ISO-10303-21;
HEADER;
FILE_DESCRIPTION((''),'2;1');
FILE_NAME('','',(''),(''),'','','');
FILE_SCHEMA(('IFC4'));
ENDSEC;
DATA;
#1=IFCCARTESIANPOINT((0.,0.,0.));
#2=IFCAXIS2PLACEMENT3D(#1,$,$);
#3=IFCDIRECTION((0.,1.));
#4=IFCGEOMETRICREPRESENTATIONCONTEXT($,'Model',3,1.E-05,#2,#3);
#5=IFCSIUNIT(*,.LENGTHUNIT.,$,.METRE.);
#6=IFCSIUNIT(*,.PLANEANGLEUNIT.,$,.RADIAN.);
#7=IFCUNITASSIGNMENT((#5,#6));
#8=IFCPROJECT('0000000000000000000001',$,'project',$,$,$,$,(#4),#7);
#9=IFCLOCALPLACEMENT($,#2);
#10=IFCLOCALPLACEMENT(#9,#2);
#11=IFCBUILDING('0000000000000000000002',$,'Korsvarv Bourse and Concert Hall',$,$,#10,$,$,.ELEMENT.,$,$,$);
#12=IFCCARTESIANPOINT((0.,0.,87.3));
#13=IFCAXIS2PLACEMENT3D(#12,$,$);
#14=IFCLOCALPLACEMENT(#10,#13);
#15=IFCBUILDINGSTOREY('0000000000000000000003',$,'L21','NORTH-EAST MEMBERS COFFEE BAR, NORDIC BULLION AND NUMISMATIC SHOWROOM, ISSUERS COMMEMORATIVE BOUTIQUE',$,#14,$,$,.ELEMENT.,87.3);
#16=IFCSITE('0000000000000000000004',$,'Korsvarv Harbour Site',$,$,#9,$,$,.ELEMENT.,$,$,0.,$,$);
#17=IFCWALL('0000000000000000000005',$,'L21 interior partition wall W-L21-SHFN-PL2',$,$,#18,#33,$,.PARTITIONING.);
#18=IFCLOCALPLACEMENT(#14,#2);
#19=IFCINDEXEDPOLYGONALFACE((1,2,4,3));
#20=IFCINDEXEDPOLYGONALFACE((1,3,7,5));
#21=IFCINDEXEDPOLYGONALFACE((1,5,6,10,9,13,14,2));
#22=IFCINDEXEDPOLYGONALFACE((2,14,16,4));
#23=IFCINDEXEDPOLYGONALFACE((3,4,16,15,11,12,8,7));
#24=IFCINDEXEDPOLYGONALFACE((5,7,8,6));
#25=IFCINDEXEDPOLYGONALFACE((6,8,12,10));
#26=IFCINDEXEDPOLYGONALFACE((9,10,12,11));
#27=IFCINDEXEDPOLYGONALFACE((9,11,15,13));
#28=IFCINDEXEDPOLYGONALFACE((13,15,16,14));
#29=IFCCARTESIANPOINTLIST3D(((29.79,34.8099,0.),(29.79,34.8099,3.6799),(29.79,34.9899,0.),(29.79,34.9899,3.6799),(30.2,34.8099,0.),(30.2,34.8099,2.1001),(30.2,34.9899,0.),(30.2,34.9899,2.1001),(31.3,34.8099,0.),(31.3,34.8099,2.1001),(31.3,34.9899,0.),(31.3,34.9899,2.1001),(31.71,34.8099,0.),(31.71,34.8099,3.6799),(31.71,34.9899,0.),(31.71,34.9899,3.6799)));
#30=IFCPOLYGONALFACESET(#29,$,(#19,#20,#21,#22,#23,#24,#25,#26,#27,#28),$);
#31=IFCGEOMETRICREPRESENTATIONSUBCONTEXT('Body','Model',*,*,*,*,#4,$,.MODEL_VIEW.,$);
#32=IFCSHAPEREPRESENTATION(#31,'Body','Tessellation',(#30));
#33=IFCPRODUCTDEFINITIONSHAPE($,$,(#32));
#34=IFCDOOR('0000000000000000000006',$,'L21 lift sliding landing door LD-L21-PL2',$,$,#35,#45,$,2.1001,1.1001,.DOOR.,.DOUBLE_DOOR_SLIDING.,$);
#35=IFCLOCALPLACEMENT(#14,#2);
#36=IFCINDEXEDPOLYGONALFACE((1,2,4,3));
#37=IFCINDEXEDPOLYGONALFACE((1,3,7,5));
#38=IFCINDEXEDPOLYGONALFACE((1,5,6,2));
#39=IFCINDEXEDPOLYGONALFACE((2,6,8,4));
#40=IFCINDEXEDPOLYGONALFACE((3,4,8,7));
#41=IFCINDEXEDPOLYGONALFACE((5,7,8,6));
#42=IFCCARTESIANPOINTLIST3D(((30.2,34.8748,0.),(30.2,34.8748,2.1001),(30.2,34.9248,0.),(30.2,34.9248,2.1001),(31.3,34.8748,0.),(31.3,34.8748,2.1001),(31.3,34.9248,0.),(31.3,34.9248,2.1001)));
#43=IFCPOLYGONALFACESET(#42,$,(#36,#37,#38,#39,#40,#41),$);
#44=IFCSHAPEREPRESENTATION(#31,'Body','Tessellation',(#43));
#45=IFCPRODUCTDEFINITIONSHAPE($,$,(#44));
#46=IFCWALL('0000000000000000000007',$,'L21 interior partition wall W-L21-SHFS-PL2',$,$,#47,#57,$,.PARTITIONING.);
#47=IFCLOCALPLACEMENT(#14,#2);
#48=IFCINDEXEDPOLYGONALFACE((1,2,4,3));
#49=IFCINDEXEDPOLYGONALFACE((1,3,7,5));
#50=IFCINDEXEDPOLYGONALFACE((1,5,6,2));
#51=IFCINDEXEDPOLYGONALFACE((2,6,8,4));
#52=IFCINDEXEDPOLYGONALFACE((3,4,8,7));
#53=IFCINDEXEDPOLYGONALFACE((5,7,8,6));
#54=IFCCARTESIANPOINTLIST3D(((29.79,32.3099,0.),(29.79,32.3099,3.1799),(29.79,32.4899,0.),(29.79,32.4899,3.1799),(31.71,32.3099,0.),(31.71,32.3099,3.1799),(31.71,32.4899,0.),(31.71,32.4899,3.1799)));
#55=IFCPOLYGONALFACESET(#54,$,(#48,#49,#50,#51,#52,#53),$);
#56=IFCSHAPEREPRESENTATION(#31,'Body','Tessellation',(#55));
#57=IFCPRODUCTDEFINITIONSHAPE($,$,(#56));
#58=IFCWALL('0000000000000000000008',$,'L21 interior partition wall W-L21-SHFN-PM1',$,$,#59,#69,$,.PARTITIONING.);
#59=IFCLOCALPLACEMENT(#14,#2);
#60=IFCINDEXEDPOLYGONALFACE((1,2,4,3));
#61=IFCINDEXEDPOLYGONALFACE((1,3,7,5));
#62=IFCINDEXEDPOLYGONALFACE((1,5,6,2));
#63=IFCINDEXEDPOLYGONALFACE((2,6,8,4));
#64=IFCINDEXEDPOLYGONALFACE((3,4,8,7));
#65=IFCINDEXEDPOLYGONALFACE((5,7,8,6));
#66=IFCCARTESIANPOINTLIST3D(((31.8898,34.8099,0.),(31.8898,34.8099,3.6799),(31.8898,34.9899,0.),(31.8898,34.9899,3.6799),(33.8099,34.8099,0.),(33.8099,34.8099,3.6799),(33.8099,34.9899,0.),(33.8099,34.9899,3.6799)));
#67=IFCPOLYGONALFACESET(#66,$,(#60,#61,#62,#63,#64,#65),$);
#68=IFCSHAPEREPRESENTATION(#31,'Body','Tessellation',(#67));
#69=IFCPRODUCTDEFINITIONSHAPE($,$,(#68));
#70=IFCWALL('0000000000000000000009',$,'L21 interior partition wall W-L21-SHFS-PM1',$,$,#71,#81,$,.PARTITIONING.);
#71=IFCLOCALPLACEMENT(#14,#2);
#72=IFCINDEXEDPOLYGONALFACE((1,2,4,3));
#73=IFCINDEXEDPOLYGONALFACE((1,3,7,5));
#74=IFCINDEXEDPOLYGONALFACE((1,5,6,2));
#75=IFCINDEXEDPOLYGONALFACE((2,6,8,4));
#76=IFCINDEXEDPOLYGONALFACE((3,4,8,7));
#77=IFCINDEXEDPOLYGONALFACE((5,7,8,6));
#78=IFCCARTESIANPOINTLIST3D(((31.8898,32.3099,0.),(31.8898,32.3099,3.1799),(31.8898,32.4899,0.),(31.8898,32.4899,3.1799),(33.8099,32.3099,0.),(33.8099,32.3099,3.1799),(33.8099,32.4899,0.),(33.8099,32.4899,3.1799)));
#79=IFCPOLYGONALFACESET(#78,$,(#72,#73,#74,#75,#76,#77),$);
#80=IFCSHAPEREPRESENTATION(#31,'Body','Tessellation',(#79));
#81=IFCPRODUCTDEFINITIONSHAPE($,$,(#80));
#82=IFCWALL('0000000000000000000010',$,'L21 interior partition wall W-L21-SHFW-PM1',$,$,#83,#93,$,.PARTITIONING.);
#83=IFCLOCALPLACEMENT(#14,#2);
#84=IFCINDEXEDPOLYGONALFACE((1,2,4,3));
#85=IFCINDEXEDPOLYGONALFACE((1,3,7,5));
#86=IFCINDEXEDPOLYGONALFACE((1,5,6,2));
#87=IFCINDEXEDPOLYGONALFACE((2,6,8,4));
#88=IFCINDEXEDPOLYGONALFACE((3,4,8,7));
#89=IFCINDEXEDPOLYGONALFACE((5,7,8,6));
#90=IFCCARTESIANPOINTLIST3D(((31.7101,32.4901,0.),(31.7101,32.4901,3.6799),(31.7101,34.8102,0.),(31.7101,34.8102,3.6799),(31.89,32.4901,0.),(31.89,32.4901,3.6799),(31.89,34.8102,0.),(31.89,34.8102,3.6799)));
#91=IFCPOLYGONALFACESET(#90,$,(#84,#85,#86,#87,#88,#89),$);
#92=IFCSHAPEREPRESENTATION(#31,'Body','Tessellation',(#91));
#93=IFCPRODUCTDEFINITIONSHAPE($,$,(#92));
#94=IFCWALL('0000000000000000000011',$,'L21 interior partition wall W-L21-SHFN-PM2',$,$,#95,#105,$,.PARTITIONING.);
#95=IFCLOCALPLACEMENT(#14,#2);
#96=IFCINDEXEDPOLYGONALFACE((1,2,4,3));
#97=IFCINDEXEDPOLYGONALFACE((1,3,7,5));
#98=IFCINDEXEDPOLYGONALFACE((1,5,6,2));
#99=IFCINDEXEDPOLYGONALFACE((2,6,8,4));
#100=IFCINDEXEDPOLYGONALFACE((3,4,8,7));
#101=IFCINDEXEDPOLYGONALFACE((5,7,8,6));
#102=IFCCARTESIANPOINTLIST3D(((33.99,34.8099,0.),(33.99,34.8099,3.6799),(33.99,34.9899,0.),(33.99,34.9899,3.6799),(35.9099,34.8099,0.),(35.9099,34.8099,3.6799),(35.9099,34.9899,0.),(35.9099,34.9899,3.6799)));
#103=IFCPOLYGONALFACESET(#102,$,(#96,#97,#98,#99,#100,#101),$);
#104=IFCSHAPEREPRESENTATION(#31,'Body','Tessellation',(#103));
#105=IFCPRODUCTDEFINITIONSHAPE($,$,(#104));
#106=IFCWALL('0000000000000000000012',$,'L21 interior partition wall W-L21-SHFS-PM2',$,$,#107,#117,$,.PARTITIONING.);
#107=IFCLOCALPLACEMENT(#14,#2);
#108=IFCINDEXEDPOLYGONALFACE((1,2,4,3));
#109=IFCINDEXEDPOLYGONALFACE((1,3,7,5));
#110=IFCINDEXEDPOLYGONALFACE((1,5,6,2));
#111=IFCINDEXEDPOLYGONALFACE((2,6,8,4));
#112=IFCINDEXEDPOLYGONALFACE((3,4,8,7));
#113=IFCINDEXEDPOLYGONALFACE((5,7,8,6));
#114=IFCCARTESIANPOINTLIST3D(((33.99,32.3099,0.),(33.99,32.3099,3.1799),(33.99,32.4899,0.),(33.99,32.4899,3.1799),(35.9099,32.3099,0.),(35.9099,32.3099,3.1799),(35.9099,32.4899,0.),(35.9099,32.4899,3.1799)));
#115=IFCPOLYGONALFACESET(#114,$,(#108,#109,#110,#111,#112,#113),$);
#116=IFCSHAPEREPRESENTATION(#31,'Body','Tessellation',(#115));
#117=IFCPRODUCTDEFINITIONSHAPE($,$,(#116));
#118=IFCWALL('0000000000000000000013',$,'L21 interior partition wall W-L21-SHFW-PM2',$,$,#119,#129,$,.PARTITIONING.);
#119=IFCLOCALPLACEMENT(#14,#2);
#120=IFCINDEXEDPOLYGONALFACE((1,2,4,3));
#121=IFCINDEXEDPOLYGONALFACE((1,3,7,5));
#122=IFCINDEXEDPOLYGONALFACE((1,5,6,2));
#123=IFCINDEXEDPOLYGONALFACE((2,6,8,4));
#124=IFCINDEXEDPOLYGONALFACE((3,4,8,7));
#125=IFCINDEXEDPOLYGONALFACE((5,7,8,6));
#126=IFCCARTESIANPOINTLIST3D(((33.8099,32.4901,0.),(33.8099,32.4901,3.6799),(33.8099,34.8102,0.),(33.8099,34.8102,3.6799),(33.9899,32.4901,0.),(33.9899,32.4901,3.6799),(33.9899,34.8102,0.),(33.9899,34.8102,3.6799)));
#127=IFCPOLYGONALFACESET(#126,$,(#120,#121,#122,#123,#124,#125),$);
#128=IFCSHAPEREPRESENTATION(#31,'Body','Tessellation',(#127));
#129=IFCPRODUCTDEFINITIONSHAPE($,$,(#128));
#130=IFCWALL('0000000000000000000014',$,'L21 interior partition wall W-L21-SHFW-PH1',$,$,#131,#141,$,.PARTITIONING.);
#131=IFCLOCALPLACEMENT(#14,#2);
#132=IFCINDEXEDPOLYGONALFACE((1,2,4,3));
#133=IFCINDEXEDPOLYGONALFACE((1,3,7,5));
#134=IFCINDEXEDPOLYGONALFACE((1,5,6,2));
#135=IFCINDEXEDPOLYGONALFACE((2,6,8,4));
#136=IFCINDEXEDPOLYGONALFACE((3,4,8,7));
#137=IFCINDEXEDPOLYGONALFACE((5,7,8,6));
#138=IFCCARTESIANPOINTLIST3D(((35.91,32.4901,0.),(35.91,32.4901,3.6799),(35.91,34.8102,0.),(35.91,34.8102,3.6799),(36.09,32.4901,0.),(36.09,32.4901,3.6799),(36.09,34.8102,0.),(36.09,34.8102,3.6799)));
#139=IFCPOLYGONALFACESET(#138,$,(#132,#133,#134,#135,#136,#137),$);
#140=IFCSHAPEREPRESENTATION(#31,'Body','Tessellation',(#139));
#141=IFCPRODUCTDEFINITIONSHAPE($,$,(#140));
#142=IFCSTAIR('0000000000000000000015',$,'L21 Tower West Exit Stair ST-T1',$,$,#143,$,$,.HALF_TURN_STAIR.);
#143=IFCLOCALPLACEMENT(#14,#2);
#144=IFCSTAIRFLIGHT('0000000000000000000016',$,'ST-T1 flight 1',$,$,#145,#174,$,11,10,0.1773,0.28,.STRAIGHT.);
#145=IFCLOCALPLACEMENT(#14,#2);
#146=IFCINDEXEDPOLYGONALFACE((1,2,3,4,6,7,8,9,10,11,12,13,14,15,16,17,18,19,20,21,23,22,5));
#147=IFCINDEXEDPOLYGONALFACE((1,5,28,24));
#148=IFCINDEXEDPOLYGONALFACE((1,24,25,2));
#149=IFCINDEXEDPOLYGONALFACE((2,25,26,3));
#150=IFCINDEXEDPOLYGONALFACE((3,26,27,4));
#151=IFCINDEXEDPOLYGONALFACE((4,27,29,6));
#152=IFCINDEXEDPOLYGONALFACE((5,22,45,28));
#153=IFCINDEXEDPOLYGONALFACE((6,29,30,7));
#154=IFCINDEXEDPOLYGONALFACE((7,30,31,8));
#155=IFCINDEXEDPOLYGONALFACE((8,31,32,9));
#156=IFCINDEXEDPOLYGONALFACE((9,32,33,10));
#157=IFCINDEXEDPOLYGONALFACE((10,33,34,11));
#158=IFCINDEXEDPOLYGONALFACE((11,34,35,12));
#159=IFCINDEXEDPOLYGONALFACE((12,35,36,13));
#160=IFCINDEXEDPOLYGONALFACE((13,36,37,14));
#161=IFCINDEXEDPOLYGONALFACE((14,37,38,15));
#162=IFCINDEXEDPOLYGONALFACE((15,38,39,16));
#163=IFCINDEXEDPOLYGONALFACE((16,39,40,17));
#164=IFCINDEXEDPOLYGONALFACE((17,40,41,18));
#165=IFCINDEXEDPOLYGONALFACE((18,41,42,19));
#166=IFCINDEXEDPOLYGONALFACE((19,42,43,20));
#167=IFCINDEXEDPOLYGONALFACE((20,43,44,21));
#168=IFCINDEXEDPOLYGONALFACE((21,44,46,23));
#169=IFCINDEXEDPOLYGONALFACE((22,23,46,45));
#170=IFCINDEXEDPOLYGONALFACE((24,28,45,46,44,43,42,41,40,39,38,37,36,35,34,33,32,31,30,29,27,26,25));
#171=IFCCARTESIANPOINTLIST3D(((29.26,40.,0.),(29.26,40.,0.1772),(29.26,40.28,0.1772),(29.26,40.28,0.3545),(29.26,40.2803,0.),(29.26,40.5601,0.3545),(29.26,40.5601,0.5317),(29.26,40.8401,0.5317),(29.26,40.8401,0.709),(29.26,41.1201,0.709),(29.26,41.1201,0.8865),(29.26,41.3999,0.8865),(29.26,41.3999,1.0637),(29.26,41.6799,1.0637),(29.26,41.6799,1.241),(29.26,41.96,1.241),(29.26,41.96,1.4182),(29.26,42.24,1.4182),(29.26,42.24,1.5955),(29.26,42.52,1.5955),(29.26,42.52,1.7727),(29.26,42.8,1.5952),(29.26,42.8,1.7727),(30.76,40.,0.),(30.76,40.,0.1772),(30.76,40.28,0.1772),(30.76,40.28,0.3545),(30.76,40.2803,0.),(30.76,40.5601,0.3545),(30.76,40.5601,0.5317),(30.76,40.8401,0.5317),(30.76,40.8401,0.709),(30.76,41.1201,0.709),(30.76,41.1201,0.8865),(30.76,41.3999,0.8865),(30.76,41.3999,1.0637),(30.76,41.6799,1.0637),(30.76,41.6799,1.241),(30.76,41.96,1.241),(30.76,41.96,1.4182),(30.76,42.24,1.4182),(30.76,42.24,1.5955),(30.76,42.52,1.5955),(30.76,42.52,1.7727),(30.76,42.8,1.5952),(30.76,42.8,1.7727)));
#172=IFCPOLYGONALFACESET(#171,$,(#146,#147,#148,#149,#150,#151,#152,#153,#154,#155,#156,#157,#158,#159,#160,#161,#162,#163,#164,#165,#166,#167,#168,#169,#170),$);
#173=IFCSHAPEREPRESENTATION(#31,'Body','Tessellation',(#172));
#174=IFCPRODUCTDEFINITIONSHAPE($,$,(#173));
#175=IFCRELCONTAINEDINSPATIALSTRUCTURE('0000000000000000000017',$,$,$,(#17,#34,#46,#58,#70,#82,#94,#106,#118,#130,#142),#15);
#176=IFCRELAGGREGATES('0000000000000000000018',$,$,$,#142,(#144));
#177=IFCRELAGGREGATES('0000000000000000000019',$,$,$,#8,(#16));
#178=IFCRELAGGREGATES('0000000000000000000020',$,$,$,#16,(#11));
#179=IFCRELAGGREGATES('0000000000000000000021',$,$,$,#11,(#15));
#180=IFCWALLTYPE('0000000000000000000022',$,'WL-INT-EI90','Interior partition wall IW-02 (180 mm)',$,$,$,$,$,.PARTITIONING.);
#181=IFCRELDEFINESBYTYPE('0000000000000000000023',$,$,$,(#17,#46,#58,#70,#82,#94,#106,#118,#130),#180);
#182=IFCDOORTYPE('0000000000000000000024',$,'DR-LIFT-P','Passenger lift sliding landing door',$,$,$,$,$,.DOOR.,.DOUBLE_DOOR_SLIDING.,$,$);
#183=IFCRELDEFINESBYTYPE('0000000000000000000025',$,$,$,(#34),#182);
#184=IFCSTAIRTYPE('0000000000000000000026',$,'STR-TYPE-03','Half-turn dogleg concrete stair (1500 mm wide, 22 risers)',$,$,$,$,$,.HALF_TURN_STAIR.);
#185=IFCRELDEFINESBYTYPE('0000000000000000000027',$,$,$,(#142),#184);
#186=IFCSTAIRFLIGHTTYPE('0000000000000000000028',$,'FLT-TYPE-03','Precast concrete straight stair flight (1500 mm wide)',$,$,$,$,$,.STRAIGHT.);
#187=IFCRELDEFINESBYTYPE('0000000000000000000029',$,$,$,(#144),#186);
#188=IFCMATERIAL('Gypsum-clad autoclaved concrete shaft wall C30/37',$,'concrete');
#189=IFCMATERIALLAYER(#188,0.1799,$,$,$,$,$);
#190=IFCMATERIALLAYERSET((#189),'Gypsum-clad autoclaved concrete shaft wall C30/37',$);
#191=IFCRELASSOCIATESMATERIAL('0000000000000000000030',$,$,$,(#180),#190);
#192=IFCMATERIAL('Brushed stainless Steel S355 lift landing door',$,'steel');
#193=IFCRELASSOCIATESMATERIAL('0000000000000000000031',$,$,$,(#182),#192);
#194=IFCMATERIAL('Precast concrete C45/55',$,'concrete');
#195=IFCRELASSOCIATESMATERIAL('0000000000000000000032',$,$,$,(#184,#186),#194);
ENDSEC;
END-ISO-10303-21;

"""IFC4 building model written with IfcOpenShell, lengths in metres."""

from ifc_helpers import new_model, si_unit, direction, frame, frame_2d, origin, place, context, subcontext, project, spatial, polyline, rectangle, outline, extrude, material, layer, layer_set, type_object, element, fill, aggregate, save


model = new_model("IFC4")

# Units and contexts
model_context = context("Model", 3, precision=1e-05, world=origin(), true_north=direction((0.0, 1.0)))
body_context = subcontext(model_context, "Body", "Model", "MODEL_VIEW")
ifc_project = project(units=[si_unit("LENGTHUNIT", "METRE"), si_unit("PLANEANGLEUNIT", "RADIAN")], contexts=[model_context])

# Site, building, storey
site_placement = place(None, origin())
site = spatial("IfcSite", under=ifc_project, at=site_placement, Name="Korsvarv Harbour Site", CompositionType="ELEMENT", RefElevation=0.0)
building_placement = place(site_placement, origin())
building = spatial("IfcBuilding", under=site, at=building_placement, Name="Korsvarv Bourse and Concert Hall", CompositionType="ELEMENT")
storey_placement = place(building_placement, frame((0.0, 0.0, 87.3)))
storey = spatial("IfcBuildingStorey", under=building, at=storey_placement, Name="L21", Description="NORTH-EAST MEMBERS COFFEE BAR, NORDIC BULLION AND NUMISMATIC SHOWROOM, ISSUERS COMMEMORATIVE BOUTIQUE", CompositionType="ELEMENT", Elevation=87.3)

# Wall, opening, door
ifc_material_1 = material(Name="Gypsum-clad autoclaved concrete shaft wall C30/37", Category="concrete")
ifc_layer_1 = layer(ifc_material_1, 0.1799)
ifc_layer_set_1 = layer_set([ifc_layer_1], Name="Gypsum-clad autoclaved concrete shaft wall C30/37")
wall_type_1 = type_object("IfcWallType", Name="WL-INT-EI90", Description="Interior partition wall IW-02 (180 mm)", PredefinedType="PARTITIONING", material=ifc_layer_set_1)
wall_1_placement = place(storey_placement, frame((29.79, 34.8999, 0.0), z_axis=(0.0, 0.0, 1.0), x_axis=(1.0, 0.0, 0.0)))
wall_1 = element("IfcWall", 1, at=wall_1_placement, inside=storey, type_object=wall_type_1, Name="L21 interior partition wall W-L21-SHFN-PL2", PredefinedType="PARTITIONING", context=body_context, shape_type="SweptSolid", body=[
    extrude(rectangle(XDim=1.9199, YDim=0.1799, at=frame_2d((0.96, 0.0))), origin(), (0.0, 0.0, 1.0), 3.6799),
])
opening_1_placement = place(wall_1_placement, frame((0.4099, 0.0, 0.0)))
opening_1 = element("IfcOpeningElement", 2, at=opening_1_placement, cuts=wall_1, PredefinedType="OPENING", context=body_context, shape_type="SweptSolid", body=[
    extrude(rectangle(XDim=1.1001, YDim=2.1001, at=frame_2d((0.55, 1.05))), frame((0.0, 0.1001, 0.0), z_axis=(0.0, -1.0, 0.0), x_axis=(1.0, 0.0, 0.0)), (0.0, 0.0, 1.0), 0.2),
])
ifc_material_2 = material(Name="Brushed stainless Steel S355 lift landing door", Category="steel")
door_type_1 = type_object("IfcDoorType", Name="DR-LIFT-P", Description="Passenger lift sliding landing door", OperationType="DOUBLE_DOOR_SLIDING", PredefinedType="DOOR", material=ifc_material_2)
door_1_placement = place(opening_1_placement, origin())
door_1 = element("IfcDoor", 3, at=door_1_placement, inside=storey, type_object=door_type_1, Name="L21 lift sliding landing door LD-L21-PL2", OperationType="DOUBLE_DOOR_SLIDING", OverallHeight=2.1001, OverallWidth=1.1001, PredefinedType="DOOR", context=body_context, shape_type="SweptSolid", body=[
    extrude(rectangle(XDim=1.1001, YDim=2.1001, at=frame_2d((0.55, 1.05))), frame((0.0, 0.0249, 0.0), z_axis=(0.0, -1.0, 0.0), x_axis=(1.0, 0.0, 0.0)), (0.0, 0.0, 1.0), 0.05),
])
fill(opening_1, door_1)

# Walls
wall_2_placement = place(storey_placement, frame((29.79, 32.3999, 0.0), z_axis=(0.0, 0.0, 1.0), x_axis=(1.0, 0.0, 0.0)))
element("IfcWall", 4, at=wall_2_placement, inside=storey, type_object=wall_type_1, Name="L21 interior partition wall W-L21-SHFS-PL2", PredefinedType="PARTITIONING", context=body_context, shape_type="SweptSolid", body=[
    extrude(rectangle(XDim=1.9199, YDim=0.1799, at=frame_2d((0.96, 0.0))), origin(), (0.0, 0.0, 1.0), 3.1799),
])
wall_3_placement = place(storey_placement, frame((31.8899, 34.8999, 0.0), z_axis=(0.0, 0.0, 1.0), x_axis=(1.0, 0.0, 0.0)))
element("IfcWall", 5, at=wall_3_placement, inside=storey, type_object=wall_type_1, Name="L21 interior partition wall W-L21-SHFN-PM1", PredefinedType="PARTITIONING", context=body_context, shape_type="SweptSolid", body=[
    extrude(rectangle(XDim=1.9202, YDim=0.1799, at=frame_2d((0.96, 0.0))), origin(), (0.0, 0.0, 1.0), 3.6799),
])
wall_4_placement = place(storey_placement, frame((31.8899, 32.3999, 0.0), z_axis=(0.0, 0.0, 1.0), x_axis=(1.0, 0.0, 0.0)))
element("IfcWall", 6, at=wall_4_placement, inside=storey, type_object=wall_type_1, Name="L21 interior partition wall W-L21-SHFS-PM1", PredefinedType="PARTITIONING", context=body_context, shape_type="SweptSolid", body=[
    extrude(rectangle(XDim=1.9202, YDim=0.1799, at=frame_2d((0.96, 0.0))), origin(), (0.0, 0.0, 1.0), 3.1799),
])
wall_5_placement = place(storey_placement, frame((31.8, 32.49, 0.0), z_axis=(0.0, 0.0, 1.0), x_axis=(0.0, 1.0, 0.0)))
element("IfcWall", 7, at=wall_5_placement, inside=storey, type_object=wall_type_1, Name="L21 interior partition wall W-L21-SHFW-PM1", PredefinedType="PARTITIONING", context=body_context, shape_type="SweptSolid", body=[
    extrude(rectangle(XDim=2.3201, YDim=0.1799, at=frame_2d((1.1602, 0.0))), origin(), (0.0, 0.0, 1.0), 3.6799),
])
wall_6_placement = place(storey_placement, frame((33.99, 34.8999, 0.0), z_axis=(0.0, 0.0, 1.0), x_axis=(1.0, 0.0, 0.0)))
element("IfcWall", 8, at=wall_6_placement, inside=storey, type_object=wall_type_1, Name="L21 interior partition wall W-L21-SHFN-PM2", PredefinedType="PARTITIONING", context=body_context, shape_type="SweptSolid", body=[
    extrude(rectangle(XDim=1.9199, YDim=0.1799, at=frame_2d((0.96, 0.0))), origin(), (0.0, 0.0, 1.0), 3.6799),
])
wall_7_placement = place(storey_placement, frame((33.99, 32.3999, 0.0), z_axis=(0.0, 0.0, 1.0), x_axis=(1.0, 0.0, 0.0)))
element("IfcWall", 9, at=wall_7_placement, inside=storey, type_object=wall_type_1, Name="L21 interior partition wall W-L21-SHFS-PM2", PredefinedType="PARTITIONING", context=body_context, shape_type="SweptSolid", body=[
    extrude(rectangle(XDim=1.9199, YDim=0.1799, at=frame_2d((0.96, 0.0))), origin(), (0.0, 0.0, 1.0), 3.1799),
])
for number, where, z_axis, x_axis, name in (
    (10, (33.8999, 32.49, 0.0), (0.0, 0.0, 1.0), (0.0, 1.0, 0.0), "L21 interior partition wall W-L21-SHFW-PM2"),
    (11, (36.0, 32.49, 0.0), (0.0, 0.0, 1.0), (0.0, 1.0, 0.0), "L21 interior partition wall W-L21-SHFW-PH1"),
):
    element("IfcWall", number, at=place(storey_placement, frame(where, z_axis=z_axis, x_axis=x_axis)), inside=storey, type_object=wall_type_1, Name=name, PredefinedType="PARTITIONING", context=body_context, shape_type="SweptSolid", body=[
        extrude(rectangle(XDim=2.3201, YDim=0.1799, at=frame_2d((1.1602, 0.0))), origin(), (0.0, 0.0, 1.0), 3.6799),
    ])

# Stair, stair flight
ifc_material_3 = material(Name="Precast concrete C45/55", Category="concrete")
stair_type = type_object("IfcStairType", Name="STR-TYPE-03", Description="Half-turn dogleg concrete stair (1500 mm wide, 22 risers)", PredefinedType="HALF_TURN_STAIR", material=ifc_material_3)
stair_placement = place(storey_placement, origin())
stair = element("IfcStair", 12, at=stair_placement, inside=storey, type_object=stair_type, Name="L21 Tower West Exit Stair ST-T1", PredefinedType="HALF_TURN_STAIR")
stair_flight_type = type_object("IfcStairFlightType", Name="FLT-TYPE-03", Description="Precast concrete straight stair flight (1500 mm wide)", PredefinedType="STRAIGHT", material=ifc_material_3)
stair_flight_placement = place(storey_placement, frame((30.01, 40.0, 0.0), z_axis=(0.0, 0.0, 1.0), x_axis=(0.0, 1.0, 0.0)))
stair_flight = element("IfcStairFlight", 13, at=stair_flight_placement, type_object=stair_flight_type, Name="ST-T1 flight 1", NumberOfRisers=11, NumberOfTreads=10, PredefinedType="STRAIGHT", RiserHeight=0.1773, TreadLength=0.28, context=body_context, shape_type="SweptSolid", body=[
    extrude(outline(polyline([(0.0, 0.0), (0.0, 0.1772), (0.28, 0.1772), (0.28, 0.3545), (0.5601, 0.3545), (0.5601, 0.5317), (0.8401, 0.5317), (0.8401, 0.709), (1.1201, 0.709), (1.1201, 0.8865), (1.3999, 0.8865), (1.3999, 1.0637), (1.6799, 1.0637), (1.6799, 1.241), (1.96, 1.241), (1.96, 1.4182), (2.24, 1.4182), (2.24, 1.5955), (2.52, 1.5955), (2.52, 1.7727), (2.8, 1.7727), (2.8, 1.95), (2.8, 1.5952), (0.2803, 0.0), (0.0, 0.0)])), frame((0.0, 0.75, 0.0), z_axis=(0.0, -1.0, 0.0), x_axis=(1.0, 0.0, 0.0)), (0.0, 0.0, 1.0), 1.5),
])
aggregate(stair, [stair_flight])

save(model, "model.ifc")
